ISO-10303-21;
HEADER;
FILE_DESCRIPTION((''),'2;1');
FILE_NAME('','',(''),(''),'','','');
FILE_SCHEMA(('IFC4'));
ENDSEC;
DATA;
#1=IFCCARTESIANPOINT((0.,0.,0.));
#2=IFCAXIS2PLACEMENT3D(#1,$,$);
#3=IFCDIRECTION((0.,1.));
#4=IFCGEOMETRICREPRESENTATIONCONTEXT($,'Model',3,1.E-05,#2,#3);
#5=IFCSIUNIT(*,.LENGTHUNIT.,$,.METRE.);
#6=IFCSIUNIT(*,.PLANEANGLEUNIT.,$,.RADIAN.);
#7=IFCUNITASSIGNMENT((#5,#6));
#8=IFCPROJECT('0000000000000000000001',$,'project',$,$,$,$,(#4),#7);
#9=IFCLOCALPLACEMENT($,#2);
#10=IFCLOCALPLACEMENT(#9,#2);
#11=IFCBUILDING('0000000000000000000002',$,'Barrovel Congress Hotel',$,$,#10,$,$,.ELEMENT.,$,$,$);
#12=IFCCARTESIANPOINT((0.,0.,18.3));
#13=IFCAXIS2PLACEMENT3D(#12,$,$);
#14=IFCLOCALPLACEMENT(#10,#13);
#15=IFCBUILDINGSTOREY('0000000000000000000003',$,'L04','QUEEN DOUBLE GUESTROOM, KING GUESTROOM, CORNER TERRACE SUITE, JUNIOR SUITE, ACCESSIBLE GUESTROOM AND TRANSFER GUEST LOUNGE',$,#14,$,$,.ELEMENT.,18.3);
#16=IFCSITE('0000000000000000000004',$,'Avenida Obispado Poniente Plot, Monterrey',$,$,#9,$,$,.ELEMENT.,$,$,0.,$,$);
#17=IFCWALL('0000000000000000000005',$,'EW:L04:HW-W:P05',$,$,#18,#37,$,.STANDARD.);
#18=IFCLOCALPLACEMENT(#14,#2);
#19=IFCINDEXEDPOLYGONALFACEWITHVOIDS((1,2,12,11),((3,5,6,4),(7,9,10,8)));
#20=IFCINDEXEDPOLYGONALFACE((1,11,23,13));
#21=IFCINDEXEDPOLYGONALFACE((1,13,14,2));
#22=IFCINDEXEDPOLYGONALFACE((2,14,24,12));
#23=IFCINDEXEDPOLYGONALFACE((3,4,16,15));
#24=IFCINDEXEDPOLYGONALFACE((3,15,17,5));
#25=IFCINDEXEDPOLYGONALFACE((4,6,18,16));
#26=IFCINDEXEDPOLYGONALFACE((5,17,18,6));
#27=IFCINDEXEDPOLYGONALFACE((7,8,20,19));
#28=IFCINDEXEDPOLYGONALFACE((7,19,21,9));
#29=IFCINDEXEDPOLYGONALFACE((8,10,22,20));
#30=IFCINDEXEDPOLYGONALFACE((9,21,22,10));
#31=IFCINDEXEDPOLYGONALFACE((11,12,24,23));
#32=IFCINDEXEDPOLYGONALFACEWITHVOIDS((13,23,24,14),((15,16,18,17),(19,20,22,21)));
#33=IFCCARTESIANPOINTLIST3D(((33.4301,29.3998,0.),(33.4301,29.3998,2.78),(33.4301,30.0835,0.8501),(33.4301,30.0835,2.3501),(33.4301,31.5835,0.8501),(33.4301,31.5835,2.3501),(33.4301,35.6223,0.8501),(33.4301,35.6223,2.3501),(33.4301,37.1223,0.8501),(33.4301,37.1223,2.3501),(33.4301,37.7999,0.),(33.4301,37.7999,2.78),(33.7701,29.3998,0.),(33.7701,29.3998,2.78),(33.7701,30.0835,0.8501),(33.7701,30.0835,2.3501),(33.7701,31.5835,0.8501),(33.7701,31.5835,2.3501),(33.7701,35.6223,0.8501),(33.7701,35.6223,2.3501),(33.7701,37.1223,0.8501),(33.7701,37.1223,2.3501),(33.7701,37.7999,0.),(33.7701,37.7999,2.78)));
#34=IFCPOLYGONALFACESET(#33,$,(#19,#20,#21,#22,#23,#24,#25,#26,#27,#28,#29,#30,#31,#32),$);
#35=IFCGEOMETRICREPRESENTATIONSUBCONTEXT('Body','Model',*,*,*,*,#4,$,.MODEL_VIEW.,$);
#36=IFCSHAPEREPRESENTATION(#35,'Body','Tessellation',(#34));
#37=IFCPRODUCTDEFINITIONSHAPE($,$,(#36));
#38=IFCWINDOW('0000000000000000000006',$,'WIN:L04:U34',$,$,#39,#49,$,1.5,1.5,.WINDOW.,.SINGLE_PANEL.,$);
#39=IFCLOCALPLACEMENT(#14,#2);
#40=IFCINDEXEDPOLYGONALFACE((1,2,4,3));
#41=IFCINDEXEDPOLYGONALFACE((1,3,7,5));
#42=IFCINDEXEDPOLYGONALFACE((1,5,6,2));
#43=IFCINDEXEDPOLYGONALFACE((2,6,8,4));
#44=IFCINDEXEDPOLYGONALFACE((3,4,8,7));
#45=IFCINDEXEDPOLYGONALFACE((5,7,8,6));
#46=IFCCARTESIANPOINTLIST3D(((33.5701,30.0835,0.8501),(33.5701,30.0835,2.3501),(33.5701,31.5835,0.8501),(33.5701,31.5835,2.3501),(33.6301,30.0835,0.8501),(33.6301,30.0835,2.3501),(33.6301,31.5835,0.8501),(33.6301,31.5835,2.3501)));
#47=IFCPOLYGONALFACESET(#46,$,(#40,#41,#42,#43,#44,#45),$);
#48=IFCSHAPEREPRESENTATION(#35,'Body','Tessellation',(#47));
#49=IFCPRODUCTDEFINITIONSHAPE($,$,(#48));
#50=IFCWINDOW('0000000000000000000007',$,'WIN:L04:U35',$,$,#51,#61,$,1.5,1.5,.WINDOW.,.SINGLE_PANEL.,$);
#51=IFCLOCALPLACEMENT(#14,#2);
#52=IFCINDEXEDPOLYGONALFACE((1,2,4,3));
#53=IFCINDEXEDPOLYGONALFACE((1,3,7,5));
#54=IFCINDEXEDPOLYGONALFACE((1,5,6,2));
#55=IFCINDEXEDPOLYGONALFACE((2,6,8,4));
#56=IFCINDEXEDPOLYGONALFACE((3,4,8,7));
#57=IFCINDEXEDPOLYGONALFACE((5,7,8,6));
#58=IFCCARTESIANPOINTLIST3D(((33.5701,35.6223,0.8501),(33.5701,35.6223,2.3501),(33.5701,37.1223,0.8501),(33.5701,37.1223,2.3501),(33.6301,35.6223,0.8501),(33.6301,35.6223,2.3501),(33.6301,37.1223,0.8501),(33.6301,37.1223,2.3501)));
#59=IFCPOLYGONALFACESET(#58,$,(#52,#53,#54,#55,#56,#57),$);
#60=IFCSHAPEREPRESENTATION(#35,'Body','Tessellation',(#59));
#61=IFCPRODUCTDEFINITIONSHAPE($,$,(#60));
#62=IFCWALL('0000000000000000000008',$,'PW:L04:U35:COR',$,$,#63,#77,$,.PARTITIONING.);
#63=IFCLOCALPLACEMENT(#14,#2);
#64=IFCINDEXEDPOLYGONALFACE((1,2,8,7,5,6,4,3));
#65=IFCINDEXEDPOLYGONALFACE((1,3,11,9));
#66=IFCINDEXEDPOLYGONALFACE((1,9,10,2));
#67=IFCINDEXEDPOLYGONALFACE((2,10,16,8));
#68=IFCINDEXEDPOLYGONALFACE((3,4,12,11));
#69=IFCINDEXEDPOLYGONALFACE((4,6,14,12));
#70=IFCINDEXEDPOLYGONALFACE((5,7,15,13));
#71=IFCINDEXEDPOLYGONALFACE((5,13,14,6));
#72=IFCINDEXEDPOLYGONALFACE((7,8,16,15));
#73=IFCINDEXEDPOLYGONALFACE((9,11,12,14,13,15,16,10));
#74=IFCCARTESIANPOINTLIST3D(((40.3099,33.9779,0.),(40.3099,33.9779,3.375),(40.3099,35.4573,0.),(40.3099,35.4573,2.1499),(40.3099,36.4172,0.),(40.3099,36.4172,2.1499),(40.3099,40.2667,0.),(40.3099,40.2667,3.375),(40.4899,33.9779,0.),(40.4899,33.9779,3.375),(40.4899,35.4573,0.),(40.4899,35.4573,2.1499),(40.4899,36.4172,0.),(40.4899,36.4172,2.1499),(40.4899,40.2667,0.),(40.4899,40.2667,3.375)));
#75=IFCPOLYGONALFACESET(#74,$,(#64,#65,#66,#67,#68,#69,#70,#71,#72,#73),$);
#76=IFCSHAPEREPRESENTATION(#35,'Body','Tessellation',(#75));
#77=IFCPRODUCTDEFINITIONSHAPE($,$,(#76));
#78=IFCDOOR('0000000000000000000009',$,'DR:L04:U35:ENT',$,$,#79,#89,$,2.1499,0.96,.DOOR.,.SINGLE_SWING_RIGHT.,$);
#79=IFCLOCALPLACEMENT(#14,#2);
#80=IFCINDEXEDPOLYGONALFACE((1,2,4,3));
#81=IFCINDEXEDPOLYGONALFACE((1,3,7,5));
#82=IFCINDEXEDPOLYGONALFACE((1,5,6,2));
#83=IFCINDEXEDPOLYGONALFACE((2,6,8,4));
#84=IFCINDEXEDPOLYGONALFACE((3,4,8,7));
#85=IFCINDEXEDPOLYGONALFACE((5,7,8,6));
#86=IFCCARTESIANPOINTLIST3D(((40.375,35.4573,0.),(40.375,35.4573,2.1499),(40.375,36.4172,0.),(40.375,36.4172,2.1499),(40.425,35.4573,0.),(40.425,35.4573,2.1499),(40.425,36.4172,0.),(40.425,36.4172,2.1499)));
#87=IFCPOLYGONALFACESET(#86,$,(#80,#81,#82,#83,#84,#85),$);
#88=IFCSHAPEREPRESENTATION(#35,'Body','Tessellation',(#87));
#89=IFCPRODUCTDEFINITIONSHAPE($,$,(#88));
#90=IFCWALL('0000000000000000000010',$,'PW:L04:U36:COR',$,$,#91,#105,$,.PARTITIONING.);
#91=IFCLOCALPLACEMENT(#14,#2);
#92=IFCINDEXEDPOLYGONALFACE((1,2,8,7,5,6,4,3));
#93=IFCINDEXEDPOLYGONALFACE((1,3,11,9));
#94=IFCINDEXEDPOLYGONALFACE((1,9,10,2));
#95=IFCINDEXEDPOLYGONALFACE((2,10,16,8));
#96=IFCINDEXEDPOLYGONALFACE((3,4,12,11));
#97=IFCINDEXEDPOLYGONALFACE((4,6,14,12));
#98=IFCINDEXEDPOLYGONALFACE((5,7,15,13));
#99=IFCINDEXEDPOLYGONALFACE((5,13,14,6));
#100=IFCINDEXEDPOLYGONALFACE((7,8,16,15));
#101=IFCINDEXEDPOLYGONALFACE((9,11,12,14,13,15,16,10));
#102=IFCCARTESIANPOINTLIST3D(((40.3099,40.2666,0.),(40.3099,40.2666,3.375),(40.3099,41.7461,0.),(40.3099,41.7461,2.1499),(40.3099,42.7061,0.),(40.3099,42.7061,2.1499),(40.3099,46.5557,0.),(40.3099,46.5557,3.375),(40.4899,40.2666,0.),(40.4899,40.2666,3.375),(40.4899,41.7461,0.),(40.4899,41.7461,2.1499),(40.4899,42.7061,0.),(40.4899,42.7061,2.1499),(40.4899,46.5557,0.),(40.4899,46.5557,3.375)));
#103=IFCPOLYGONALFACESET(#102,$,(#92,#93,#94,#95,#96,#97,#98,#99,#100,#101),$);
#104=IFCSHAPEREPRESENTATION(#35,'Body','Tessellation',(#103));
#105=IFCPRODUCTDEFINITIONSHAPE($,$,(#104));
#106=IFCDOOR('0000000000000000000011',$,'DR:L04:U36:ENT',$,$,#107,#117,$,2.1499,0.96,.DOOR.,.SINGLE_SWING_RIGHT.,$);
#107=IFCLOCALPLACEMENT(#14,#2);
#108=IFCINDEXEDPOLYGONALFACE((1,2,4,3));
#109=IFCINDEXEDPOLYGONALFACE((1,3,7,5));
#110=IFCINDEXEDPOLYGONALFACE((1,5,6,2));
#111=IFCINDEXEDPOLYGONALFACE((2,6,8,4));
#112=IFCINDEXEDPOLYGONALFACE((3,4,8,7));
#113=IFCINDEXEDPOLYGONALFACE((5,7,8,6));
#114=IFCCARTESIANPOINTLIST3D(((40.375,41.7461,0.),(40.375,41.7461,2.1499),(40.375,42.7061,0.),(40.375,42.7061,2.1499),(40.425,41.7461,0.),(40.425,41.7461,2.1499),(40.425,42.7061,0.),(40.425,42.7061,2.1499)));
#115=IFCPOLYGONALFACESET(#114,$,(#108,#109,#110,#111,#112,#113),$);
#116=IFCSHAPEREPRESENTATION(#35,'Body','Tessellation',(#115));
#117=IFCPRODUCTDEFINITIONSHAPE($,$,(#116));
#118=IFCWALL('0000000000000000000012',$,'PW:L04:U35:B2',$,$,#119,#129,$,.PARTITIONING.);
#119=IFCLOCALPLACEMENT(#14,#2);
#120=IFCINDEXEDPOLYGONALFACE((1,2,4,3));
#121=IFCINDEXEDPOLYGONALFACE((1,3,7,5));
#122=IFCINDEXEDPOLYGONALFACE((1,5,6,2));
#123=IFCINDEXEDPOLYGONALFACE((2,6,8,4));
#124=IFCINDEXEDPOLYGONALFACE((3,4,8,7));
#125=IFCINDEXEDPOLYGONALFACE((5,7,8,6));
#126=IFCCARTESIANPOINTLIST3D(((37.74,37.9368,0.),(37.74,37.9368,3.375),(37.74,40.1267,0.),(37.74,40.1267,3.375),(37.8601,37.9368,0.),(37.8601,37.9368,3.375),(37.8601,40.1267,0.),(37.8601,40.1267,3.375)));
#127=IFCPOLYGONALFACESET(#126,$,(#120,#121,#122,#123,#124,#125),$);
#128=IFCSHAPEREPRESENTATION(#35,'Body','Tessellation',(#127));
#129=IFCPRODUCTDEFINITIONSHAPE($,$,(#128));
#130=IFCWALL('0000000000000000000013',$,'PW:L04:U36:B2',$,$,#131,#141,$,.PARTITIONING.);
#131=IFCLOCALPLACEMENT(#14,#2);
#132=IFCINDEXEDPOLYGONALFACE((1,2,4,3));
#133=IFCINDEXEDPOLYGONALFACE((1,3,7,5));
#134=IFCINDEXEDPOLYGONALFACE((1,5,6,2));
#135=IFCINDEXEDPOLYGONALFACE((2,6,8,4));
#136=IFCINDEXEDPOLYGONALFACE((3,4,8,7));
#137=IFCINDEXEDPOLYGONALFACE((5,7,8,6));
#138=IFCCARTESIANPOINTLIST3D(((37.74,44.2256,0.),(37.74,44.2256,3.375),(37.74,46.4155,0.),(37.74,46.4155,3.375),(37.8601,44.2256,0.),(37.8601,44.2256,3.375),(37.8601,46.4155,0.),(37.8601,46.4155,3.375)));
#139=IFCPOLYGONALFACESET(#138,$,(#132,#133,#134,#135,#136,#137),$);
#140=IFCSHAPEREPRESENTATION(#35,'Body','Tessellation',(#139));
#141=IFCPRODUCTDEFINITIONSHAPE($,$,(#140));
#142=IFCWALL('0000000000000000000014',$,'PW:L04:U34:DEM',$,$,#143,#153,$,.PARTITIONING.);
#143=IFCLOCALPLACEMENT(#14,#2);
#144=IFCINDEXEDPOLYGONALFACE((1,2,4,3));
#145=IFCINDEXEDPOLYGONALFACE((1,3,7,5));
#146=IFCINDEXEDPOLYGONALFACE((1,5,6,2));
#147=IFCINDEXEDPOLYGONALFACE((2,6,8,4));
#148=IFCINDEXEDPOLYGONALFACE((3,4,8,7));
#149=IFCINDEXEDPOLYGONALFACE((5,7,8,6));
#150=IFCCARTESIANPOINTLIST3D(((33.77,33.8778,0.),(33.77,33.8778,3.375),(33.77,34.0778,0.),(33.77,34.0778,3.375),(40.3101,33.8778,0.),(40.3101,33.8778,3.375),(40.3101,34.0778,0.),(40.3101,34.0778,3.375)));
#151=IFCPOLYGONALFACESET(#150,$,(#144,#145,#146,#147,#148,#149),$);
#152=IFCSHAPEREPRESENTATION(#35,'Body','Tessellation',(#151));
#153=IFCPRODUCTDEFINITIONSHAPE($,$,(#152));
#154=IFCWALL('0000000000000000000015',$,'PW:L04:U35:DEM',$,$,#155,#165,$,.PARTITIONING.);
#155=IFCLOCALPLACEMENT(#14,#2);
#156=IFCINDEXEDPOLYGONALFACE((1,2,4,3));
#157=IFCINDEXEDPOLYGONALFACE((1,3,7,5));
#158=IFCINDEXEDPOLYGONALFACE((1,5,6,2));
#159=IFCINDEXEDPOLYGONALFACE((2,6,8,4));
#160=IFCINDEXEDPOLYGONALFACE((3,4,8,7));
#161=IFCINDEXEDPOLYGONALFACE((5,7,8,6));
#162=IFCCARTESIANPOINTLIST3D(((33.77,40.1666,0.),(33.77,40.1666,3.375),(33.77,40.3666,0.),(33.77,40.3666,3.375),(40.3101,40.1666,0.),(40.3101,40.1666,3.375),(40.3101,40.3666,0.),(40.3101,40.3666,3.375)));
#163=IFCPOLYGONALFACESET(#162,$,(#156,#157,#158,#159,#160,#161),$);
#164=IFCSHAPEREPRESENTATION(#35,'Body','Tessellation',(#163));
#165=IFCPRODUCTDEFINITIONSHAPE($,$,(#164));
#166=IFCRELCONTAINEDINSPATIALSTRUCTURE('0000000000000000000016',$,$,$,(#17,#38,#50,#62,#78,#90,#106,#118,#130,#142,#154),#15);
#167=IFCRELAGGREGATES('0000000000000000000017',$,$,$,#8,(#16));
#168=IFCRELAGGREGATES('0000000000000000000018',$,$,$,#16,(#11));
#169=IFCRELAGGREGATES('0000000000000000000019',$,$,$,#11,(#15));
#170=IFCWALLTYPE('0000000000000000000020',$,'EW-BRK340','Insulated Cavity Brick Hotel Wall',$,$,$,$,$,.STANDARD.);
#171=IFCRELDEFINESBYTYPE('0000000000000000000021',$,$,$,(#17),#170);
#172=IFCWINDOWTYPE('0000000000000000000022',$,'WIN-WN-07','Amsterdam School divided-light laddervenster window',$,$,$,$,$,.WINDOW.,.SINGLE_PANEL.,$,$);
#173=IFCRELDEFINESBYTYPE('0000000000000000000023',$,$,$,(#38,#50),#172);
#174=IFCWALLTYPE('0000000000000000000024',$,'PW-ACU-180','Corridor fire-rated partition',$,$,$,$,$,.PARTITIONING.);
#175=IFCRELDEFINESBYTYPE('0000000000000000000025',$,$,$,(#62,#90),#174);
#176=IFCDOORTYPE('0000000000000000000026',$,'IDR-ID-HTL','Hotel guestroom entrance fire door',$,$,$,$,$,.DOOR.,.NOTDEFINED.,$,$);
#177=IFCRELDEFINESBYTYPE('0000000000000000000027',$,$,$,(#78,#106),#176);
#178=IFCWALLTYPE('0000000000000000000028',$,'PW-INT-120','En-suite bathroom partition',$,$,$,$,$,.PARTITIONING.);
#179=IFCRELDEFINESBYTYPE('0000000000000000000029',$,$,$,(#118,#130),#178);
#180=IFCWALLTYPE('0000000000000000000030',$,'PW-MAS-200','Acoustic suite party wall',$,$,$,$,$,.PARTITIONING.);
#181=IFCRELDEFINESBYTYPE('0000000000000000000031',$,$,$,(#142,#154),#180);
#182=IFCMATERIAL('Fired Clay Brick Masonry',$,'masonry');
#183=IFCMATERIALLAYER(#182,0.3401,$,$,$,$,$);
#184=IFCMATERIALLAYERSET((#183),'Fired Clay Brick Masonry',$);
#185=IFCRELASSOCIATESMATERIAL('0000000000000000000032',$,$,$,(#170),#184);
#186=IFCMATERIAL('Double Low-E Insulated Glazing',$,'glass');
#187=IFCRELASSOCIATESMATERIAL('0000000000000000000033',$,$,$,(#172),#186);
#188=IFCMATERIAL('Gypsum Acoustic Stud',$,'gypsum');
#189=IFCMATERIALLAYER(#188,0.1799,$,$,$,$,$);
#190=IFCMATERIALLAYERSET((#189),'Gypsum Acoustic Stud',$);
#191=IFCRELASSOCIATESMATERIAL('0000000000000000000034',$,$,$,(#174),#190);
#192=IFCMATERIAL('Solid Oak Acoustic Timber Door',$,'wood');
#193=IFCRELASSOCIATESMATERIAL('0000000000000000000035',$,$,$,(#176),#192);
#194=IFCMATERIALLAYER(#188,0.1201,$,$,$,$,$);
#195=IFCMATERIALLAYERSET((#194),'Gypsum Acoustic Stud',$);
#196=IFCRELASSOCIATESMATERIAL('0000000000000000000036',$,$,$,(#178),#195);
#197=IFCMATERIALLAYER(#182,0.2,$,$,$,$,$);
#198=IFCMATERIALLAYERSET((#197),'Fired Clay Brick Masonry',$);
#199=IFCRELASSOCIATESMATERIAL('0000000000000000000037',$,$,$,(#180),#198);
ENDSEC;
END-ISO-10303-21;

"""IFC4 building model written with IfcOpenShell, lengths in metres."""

from ifc_helpers import new_model, si_unit, direction, frame, frame_2d, origin, place, context, subcontext, project, spatial, rectangle, extrude, material, layer, layer_set, type_object, element, fill, save


model = new_model("IFC4")

# Units and contexts
model_context = context("Model", 3, precision=1e-05, world=origin(), true_north=direction((0.0, 1.0)))
body_context = subcontext(model_context, "Body", "Model", "MODEL_VIEW")
ifc_project = project(units=[si_unit("LENGTHUNIT", "METRE"), si_unit("PLANEANGLEUNIT", "RADIAN")], contexts=[model_context])

# Site, building, storey
site_placement = place(None, origin())
site = spatial("IfcSite", under=ifc_project, at=site_placement, Name="Avenida Obispado Poniente Plot, Monterrey", CompositionType="ELEMENT", RefElevation=0.0)
building_placement = place(site_placement, origin())
building = spatial("IfcBuilding", under=site, at=building_placement, Name="Barrovel Congress Hotel", CompositionType="ELEMENT")
storey_placement = place(building_placement, frame((0.0, 0.0, 18.3)))
storey = spatial("IfcBuildingStorey", under=building, at=storey_placement, Name="L04", Description="QUEEN DOUBLE GUESTROOM, KING GUESTROOM, CORNER TERRACE SUITE, JUNIOR SUITE, ACCESSIBLE GUESTROOM AND TRANSFER GUEST LOUNGE", CompositionType="ELEMENT", Elevation=18.3)

# Wall, openings, windows
ifc_material_1 = material(Name="Fired Clay Brick Masonry", Category="masonry")
ifc_layer_1 = layer(ifc_material_1, 0.3401)
ifc_layer_set_1 = layer_set([ifc_layer_1], Name="Fired Clay Brick Masonry")
wall_type_1 = type_object("IfcWallType", Name="EW-BRK340", Description="Insulated Cavity Brick Hotel Wall", PredefinedType="STANDARD", material=ifc_layer_set_1)
wall_1_placement = place(storey_placement, frame((33.6001, 37.8, 0.0), z_axis=(0.0, 0.0, 1.0), x_axis=(0.0, -1.0, 0.0)))
wall_1 = element("IfcWall", 1, at=wall_1_placement, inside=storey, type_object=wall_type_1, Name="EW:L04:HW-W:P05", PredefinedType="STANDARD", context=body_context, shape_type="SweptSolid", body=[
    extrude(rectangle(XDim=8.4001, YDim=0.3401, at=frame_2d((4.2002, 0.0))), origin(), (0.0, 0.0, 1.0), 2.78),
])
opening_1_placement = place(wall_1_placement, frame((6.2166, 0.0, 0.8501)))
opening_1 = element("IfcOpeningElement", 2, at=opening_1_placement, cuts=wall_1, PredefinedType="OPENING", context=body_context, shape_type="SweptSolid", body=[
    extrude(rectangle(XDim=1.5, YDim=1.5, at=frame_2d((0.75, 0.75))), frame((0.0, 0.1802, 0.0), z_axis=(0.0, -1.0, 0.0), x_axis=(1.0, 0.0, 0.0)), (0.0, 0.0, 1.0), 0.3601),
])
opening_2_placement = place(wall_1_placement, frame((0.6777, 0.0, 0.8501)))
opening_2 = element("IfcOpeningElement", 3, at=opening_2_placement, cuts=wall_1, PredefinedType="OPENING", context=body_context, shape_type="SweptSolid", body=[
    extrude(rectangle(XDim=1.5, YDim=1.5, at=frame_2d((0.75, 0.75))), frame((0.0, 0.1802, 0.0), z_axis=(0.0, -1.0, 0.0), x_axis=(1.0, 0.0, 0.0)), (0.0, 0.0, 1.0), 0.3601),
])
ifc_material_2 = material(Name="Double Low-E Insulated Glazing", Category="glass")
window_type = type_object("IfcWindowType", Name="WIN-WN-07", Description="Amsterdam School divided-light laddervenster window", PartitioningType="SINGLE_PANEL", PredefinedType="WINDOW", material=ifc_material_2)
window_1_placement = place(opening_1_placement, origin())
window_1 = element("IfcWindow", 4, at=window_1_placement, inside=storey, type_object=window_type, Name="WIN:L04:U34", OverallHeight=1.5, OverallWidth=1.5, PartitioningType="SINGLE_PANEL", PredefinedType="WINDOW", context=body_context, shape_type="SweptSolid", body=[
    extrude(rectangle(XDim=1.5, YDim=1.5, at=frame_2d((0.75, 0.75))), frame((0.0, 0.03, 0.0), z_axis=(0.0, -1.0, 0.0), x_axis=(1.0, 0.0, 0.0)), (0.0, 0.0, 1.0), 0.0601),
])
fill(opening_1, window_1)
window_2_placement = place(opening_2_placement, origin())
window_2 = element("IfcWindow", 5, at=window_2_placement, inside=storey, type_object=window_type, Name="WIN:L04:U35", OverallHeight=1.5, OverallWidth=1.5, PartitioningType="SINGLE_PANEL", PredefinedType="WINDOW", context=body_context, shape_type="SweptSolid", body=[
    extrude(rectangle(XDim=1.5, YDim=1.5, at=frame_2d((0.75, 0.75))), frame((0.0, 0.03, 0.0), z_axis=(0.0, -1.0, 0.0), x_axis=(1.0, 0.0, 0.0)), (0.0, 0.0, 1.0), 0.0601),
])
fill(opening_2, window_2)

# Walls, openings, doors
ifc_material_3 = material(Name="Gypsum Acoustic Stud", Category="gypsum")
ifc_layer_2 = layer(ifc_material_3, 0.1799)
ifc_layer_set_2 = layer_set([ifc_layer_2], Name="Gypsum Acoustic Stud")
wall_type_2 = type_object("IfcWallType", Name="PW-ACU-180", Description="Corridor fire-rated partition", PredefinedType="PARTITIONING", material=ifc_layer_set_2)
wall_2_placement = place(storey_placement, frame((40.3999, 33.9778, 0.0), z_axis=(0.0, 0.0, 1.0), x_axis=(0.0, 1.0, 0.0)))
wall_2 = element("IfcWall", 6, at=wall_2_placement, inside=storey, type_object=wall_type_2, Name="PW:L04:U35:COR", PredefinedType="PARTITIONING", context=body_context, shape_type="SweptSolid", body=[
    extrude(rectangle(XDim=6.2888, YDim=0.1799, at=frame_2d((3.1445, 0.0))), origin(), (0.0, 0.0, 1.0), 3.375),
])
opening_3_placement = place(wall_2_placement, frame((1.4795, 0.0, 0.0)))
opening_3 = element("IfcOpeningElement", 7, at=opening_3_placement, cuts=wall_2, PredefinedType="OPENING", context=body_context, shape_type="SweptSolid", body=[
    extrude(rectangle(XDim=0.96, YDim=2.1499, at=frame_2d((0.48, 1.075))), frame((0.0, 0.1001, 0.0), z_axis=(0.0, -1.0, 0.0), x_axis=(1.0, 0.0, 0.0)), (0.0, 0.0, 1.0), 0.2),
])
ifc_material_4 = material(Name="Solid Oak Acoustic Timber Door", Category="wood")
door_type_1 = type_object("IfcDoorType", Name="IDR-ID-HTL", Description="Hotel guestroom entrance fire door", OperationType="NOTDEFINED", PredefinedType="DOOR", material=ifc_material_4)
door_1_placement = place(opening_3_placement, origin())
door_1 = element("IfcDoor", 8, at=door_1_placement, inside=storey, type_object=door_type_1, Name="DR:L04:U35:ENT", OperationType="SINGLE_SWING_RIGHT", OverallHeight=2.1499, OverallWidth=0.96, PredefinedType="DOOR", context=body_context, shape_type="SweptSolid", body=[
    extrude(rectangle(XDim=0.96, YDim=2.1499, at=frame_2d((0.48, 1.075))), frame((0.0, 0.0249, 0.0), z_axis=(0.0, -1.0, 0.0), x_axis=(1.0, 0.0, 0.0)), (0.0, 0.0, 1.0), 0.05),
])
fill(opening_3, door_1)
wall_3_placement = place(storey_placement, frame((40.3999, 40.2666, 0.0), z_axis=(0.0, 0.0, 1.0), x_axis=(0.0, 1.0, 0.0)))
wall_3 = element("IfcWall", 9, at=wall_3_placement, inside=storey, type_object=wall_type_2, Name="PW:L04:U36:COR", PredefinedType="PARTITIONING", context=body_context, shape_type="SweptSolid", body=[
    extrude(rectangle(XDim=6.2891, YDim=0.1799, at=frame_2d((3.1445, 0.0))), origin(), (0.0, 0.0, 1.0), 3.375),
])
opening_4_placement = place(wall_3_placement, frame((1.4795, 0.0, 0.0)))
opening_4 = element("IfcOpeningElement", 10, at=opening_4_placement, cuts=wall_3, PredefinedType="OPENING", context=body_context, shape_type="SweptSolid", body=[
    extrude(rectangle(XDim=0.96, YDim=2.1499, at=frame_2d((0.48, 1.075))), frame((0.0, 0.1001, 0.0), z_axis=(0.0, -1.0, 0.0), x_axis=(1.0, 0.0, 0.0)), (0.0, 0.0, 1.0), 0.2),
])
door_2_placement = place(opening_4_placement, origin())
door_2 = element("IfcDoor", 11, at=door_2_placement, inside=storey, type_object=door_type_1, Name="DR:L04:U36:ENT", OperationType="SINGLE_SWING_RIGHT", OverallHeight=2.1499, OverallWidth=0.96, PredefinedType="DOOR", context=body_context, shape_type="SweptSolid", body=[
    extrude(rectangle(XDim=0.96, YDim=2.1499, at=frame_2d((0.48, 1.075))), frame((0.0, 0.0249, 0.0), z_axis=(0.0, -1.0, 0.0), x_axis=(1.0, 0.0, 0.0)), (0.0, 0.0, 1.0), 0.05),
])
fill(opening_4, door_2)

# Walls
ifc_layer_3 = layer(ifc_material_3, 0.1201)
ifc_layer_set_3 = layer_set([ifc_layer_3], Name="Gypsum Acoustic Stud")
wall_type_3 = type_object("IfcWallType", Name="PW-INT-120", Description="En-suite bathroom partition", PredefinedType="PARTITIONING", material=ifc_layer_set_3)
for number, where, z_axis, x_axis, name in (
    (12, (37.8, 37.9368, 0.0), (0.0, 0.0, 1.0), (0.0, 1.0, 0.0), "PW:L04:U35:B2"),
    (13, (37.8, 44.2256, 0.0), (0.0, 0.0, 1.0), (0.0, 1.0, 0.0), "PW:L04:U36:B2"),
):
    element("IfcWall", number, at=place(storey_placement, frame(where, z_axis=z_axis, x_axis=x_axis)), inside=storey, type_object=wall_type_3, Name=name, PredefinedType="PARTITIONING", context=body_context, shape_type="SweptSolid", body=[
        extrude(rectangle(XDim=2.1899, YDim=0.1201, at=frame_2d((1.095, 0.0))), origin(), (0.0, 0.0, 1.0), 3.375),
    ])
ifc_layer_4 = layer(ifc_material_1, 0.2)
ifc_layer_set_4 = layer_set([ifc_layer_4], Name="Fired Clay Brick Masonry")
wall_type_4 = type_object("IfcWallType", Name="PW-MAS-200", Description="Acoustic suite party wall", PredefinedType="PARTITIONING", material=ifc_layer_set_4)
for number, where, z_axis, x_axis, name in (
    (14, (33.77, 33.9778, 0.0), (0.0, 0.0, 1.0), (1.0, 0.0, 0.0), "PW:L04:U34:DEM"),
    (15, (33.77, 40.2666, 0.0), (0.0, 0.0, 1.0), (1.0, 0.0, 0.0), "PW:L04:U35:DEM"),
):
    element("IfcWall", number, at=place(storey_placement, frame(where, z_axis=z_axis, x_axis=x_axis)), inside=storey, type_object=wall_type_4, Name=name, PredefinedType="PARTITIONING", context=body_context, shape_type="SweptSolid", body=[
        extrude(rectangle(XDim=6.54, YDim=0.2, at=frame_2d((3.27, 0.0))), origin(), (0.0, 0.0, 1.0), 3.375),
    ])

save(model, "model.ifc")
